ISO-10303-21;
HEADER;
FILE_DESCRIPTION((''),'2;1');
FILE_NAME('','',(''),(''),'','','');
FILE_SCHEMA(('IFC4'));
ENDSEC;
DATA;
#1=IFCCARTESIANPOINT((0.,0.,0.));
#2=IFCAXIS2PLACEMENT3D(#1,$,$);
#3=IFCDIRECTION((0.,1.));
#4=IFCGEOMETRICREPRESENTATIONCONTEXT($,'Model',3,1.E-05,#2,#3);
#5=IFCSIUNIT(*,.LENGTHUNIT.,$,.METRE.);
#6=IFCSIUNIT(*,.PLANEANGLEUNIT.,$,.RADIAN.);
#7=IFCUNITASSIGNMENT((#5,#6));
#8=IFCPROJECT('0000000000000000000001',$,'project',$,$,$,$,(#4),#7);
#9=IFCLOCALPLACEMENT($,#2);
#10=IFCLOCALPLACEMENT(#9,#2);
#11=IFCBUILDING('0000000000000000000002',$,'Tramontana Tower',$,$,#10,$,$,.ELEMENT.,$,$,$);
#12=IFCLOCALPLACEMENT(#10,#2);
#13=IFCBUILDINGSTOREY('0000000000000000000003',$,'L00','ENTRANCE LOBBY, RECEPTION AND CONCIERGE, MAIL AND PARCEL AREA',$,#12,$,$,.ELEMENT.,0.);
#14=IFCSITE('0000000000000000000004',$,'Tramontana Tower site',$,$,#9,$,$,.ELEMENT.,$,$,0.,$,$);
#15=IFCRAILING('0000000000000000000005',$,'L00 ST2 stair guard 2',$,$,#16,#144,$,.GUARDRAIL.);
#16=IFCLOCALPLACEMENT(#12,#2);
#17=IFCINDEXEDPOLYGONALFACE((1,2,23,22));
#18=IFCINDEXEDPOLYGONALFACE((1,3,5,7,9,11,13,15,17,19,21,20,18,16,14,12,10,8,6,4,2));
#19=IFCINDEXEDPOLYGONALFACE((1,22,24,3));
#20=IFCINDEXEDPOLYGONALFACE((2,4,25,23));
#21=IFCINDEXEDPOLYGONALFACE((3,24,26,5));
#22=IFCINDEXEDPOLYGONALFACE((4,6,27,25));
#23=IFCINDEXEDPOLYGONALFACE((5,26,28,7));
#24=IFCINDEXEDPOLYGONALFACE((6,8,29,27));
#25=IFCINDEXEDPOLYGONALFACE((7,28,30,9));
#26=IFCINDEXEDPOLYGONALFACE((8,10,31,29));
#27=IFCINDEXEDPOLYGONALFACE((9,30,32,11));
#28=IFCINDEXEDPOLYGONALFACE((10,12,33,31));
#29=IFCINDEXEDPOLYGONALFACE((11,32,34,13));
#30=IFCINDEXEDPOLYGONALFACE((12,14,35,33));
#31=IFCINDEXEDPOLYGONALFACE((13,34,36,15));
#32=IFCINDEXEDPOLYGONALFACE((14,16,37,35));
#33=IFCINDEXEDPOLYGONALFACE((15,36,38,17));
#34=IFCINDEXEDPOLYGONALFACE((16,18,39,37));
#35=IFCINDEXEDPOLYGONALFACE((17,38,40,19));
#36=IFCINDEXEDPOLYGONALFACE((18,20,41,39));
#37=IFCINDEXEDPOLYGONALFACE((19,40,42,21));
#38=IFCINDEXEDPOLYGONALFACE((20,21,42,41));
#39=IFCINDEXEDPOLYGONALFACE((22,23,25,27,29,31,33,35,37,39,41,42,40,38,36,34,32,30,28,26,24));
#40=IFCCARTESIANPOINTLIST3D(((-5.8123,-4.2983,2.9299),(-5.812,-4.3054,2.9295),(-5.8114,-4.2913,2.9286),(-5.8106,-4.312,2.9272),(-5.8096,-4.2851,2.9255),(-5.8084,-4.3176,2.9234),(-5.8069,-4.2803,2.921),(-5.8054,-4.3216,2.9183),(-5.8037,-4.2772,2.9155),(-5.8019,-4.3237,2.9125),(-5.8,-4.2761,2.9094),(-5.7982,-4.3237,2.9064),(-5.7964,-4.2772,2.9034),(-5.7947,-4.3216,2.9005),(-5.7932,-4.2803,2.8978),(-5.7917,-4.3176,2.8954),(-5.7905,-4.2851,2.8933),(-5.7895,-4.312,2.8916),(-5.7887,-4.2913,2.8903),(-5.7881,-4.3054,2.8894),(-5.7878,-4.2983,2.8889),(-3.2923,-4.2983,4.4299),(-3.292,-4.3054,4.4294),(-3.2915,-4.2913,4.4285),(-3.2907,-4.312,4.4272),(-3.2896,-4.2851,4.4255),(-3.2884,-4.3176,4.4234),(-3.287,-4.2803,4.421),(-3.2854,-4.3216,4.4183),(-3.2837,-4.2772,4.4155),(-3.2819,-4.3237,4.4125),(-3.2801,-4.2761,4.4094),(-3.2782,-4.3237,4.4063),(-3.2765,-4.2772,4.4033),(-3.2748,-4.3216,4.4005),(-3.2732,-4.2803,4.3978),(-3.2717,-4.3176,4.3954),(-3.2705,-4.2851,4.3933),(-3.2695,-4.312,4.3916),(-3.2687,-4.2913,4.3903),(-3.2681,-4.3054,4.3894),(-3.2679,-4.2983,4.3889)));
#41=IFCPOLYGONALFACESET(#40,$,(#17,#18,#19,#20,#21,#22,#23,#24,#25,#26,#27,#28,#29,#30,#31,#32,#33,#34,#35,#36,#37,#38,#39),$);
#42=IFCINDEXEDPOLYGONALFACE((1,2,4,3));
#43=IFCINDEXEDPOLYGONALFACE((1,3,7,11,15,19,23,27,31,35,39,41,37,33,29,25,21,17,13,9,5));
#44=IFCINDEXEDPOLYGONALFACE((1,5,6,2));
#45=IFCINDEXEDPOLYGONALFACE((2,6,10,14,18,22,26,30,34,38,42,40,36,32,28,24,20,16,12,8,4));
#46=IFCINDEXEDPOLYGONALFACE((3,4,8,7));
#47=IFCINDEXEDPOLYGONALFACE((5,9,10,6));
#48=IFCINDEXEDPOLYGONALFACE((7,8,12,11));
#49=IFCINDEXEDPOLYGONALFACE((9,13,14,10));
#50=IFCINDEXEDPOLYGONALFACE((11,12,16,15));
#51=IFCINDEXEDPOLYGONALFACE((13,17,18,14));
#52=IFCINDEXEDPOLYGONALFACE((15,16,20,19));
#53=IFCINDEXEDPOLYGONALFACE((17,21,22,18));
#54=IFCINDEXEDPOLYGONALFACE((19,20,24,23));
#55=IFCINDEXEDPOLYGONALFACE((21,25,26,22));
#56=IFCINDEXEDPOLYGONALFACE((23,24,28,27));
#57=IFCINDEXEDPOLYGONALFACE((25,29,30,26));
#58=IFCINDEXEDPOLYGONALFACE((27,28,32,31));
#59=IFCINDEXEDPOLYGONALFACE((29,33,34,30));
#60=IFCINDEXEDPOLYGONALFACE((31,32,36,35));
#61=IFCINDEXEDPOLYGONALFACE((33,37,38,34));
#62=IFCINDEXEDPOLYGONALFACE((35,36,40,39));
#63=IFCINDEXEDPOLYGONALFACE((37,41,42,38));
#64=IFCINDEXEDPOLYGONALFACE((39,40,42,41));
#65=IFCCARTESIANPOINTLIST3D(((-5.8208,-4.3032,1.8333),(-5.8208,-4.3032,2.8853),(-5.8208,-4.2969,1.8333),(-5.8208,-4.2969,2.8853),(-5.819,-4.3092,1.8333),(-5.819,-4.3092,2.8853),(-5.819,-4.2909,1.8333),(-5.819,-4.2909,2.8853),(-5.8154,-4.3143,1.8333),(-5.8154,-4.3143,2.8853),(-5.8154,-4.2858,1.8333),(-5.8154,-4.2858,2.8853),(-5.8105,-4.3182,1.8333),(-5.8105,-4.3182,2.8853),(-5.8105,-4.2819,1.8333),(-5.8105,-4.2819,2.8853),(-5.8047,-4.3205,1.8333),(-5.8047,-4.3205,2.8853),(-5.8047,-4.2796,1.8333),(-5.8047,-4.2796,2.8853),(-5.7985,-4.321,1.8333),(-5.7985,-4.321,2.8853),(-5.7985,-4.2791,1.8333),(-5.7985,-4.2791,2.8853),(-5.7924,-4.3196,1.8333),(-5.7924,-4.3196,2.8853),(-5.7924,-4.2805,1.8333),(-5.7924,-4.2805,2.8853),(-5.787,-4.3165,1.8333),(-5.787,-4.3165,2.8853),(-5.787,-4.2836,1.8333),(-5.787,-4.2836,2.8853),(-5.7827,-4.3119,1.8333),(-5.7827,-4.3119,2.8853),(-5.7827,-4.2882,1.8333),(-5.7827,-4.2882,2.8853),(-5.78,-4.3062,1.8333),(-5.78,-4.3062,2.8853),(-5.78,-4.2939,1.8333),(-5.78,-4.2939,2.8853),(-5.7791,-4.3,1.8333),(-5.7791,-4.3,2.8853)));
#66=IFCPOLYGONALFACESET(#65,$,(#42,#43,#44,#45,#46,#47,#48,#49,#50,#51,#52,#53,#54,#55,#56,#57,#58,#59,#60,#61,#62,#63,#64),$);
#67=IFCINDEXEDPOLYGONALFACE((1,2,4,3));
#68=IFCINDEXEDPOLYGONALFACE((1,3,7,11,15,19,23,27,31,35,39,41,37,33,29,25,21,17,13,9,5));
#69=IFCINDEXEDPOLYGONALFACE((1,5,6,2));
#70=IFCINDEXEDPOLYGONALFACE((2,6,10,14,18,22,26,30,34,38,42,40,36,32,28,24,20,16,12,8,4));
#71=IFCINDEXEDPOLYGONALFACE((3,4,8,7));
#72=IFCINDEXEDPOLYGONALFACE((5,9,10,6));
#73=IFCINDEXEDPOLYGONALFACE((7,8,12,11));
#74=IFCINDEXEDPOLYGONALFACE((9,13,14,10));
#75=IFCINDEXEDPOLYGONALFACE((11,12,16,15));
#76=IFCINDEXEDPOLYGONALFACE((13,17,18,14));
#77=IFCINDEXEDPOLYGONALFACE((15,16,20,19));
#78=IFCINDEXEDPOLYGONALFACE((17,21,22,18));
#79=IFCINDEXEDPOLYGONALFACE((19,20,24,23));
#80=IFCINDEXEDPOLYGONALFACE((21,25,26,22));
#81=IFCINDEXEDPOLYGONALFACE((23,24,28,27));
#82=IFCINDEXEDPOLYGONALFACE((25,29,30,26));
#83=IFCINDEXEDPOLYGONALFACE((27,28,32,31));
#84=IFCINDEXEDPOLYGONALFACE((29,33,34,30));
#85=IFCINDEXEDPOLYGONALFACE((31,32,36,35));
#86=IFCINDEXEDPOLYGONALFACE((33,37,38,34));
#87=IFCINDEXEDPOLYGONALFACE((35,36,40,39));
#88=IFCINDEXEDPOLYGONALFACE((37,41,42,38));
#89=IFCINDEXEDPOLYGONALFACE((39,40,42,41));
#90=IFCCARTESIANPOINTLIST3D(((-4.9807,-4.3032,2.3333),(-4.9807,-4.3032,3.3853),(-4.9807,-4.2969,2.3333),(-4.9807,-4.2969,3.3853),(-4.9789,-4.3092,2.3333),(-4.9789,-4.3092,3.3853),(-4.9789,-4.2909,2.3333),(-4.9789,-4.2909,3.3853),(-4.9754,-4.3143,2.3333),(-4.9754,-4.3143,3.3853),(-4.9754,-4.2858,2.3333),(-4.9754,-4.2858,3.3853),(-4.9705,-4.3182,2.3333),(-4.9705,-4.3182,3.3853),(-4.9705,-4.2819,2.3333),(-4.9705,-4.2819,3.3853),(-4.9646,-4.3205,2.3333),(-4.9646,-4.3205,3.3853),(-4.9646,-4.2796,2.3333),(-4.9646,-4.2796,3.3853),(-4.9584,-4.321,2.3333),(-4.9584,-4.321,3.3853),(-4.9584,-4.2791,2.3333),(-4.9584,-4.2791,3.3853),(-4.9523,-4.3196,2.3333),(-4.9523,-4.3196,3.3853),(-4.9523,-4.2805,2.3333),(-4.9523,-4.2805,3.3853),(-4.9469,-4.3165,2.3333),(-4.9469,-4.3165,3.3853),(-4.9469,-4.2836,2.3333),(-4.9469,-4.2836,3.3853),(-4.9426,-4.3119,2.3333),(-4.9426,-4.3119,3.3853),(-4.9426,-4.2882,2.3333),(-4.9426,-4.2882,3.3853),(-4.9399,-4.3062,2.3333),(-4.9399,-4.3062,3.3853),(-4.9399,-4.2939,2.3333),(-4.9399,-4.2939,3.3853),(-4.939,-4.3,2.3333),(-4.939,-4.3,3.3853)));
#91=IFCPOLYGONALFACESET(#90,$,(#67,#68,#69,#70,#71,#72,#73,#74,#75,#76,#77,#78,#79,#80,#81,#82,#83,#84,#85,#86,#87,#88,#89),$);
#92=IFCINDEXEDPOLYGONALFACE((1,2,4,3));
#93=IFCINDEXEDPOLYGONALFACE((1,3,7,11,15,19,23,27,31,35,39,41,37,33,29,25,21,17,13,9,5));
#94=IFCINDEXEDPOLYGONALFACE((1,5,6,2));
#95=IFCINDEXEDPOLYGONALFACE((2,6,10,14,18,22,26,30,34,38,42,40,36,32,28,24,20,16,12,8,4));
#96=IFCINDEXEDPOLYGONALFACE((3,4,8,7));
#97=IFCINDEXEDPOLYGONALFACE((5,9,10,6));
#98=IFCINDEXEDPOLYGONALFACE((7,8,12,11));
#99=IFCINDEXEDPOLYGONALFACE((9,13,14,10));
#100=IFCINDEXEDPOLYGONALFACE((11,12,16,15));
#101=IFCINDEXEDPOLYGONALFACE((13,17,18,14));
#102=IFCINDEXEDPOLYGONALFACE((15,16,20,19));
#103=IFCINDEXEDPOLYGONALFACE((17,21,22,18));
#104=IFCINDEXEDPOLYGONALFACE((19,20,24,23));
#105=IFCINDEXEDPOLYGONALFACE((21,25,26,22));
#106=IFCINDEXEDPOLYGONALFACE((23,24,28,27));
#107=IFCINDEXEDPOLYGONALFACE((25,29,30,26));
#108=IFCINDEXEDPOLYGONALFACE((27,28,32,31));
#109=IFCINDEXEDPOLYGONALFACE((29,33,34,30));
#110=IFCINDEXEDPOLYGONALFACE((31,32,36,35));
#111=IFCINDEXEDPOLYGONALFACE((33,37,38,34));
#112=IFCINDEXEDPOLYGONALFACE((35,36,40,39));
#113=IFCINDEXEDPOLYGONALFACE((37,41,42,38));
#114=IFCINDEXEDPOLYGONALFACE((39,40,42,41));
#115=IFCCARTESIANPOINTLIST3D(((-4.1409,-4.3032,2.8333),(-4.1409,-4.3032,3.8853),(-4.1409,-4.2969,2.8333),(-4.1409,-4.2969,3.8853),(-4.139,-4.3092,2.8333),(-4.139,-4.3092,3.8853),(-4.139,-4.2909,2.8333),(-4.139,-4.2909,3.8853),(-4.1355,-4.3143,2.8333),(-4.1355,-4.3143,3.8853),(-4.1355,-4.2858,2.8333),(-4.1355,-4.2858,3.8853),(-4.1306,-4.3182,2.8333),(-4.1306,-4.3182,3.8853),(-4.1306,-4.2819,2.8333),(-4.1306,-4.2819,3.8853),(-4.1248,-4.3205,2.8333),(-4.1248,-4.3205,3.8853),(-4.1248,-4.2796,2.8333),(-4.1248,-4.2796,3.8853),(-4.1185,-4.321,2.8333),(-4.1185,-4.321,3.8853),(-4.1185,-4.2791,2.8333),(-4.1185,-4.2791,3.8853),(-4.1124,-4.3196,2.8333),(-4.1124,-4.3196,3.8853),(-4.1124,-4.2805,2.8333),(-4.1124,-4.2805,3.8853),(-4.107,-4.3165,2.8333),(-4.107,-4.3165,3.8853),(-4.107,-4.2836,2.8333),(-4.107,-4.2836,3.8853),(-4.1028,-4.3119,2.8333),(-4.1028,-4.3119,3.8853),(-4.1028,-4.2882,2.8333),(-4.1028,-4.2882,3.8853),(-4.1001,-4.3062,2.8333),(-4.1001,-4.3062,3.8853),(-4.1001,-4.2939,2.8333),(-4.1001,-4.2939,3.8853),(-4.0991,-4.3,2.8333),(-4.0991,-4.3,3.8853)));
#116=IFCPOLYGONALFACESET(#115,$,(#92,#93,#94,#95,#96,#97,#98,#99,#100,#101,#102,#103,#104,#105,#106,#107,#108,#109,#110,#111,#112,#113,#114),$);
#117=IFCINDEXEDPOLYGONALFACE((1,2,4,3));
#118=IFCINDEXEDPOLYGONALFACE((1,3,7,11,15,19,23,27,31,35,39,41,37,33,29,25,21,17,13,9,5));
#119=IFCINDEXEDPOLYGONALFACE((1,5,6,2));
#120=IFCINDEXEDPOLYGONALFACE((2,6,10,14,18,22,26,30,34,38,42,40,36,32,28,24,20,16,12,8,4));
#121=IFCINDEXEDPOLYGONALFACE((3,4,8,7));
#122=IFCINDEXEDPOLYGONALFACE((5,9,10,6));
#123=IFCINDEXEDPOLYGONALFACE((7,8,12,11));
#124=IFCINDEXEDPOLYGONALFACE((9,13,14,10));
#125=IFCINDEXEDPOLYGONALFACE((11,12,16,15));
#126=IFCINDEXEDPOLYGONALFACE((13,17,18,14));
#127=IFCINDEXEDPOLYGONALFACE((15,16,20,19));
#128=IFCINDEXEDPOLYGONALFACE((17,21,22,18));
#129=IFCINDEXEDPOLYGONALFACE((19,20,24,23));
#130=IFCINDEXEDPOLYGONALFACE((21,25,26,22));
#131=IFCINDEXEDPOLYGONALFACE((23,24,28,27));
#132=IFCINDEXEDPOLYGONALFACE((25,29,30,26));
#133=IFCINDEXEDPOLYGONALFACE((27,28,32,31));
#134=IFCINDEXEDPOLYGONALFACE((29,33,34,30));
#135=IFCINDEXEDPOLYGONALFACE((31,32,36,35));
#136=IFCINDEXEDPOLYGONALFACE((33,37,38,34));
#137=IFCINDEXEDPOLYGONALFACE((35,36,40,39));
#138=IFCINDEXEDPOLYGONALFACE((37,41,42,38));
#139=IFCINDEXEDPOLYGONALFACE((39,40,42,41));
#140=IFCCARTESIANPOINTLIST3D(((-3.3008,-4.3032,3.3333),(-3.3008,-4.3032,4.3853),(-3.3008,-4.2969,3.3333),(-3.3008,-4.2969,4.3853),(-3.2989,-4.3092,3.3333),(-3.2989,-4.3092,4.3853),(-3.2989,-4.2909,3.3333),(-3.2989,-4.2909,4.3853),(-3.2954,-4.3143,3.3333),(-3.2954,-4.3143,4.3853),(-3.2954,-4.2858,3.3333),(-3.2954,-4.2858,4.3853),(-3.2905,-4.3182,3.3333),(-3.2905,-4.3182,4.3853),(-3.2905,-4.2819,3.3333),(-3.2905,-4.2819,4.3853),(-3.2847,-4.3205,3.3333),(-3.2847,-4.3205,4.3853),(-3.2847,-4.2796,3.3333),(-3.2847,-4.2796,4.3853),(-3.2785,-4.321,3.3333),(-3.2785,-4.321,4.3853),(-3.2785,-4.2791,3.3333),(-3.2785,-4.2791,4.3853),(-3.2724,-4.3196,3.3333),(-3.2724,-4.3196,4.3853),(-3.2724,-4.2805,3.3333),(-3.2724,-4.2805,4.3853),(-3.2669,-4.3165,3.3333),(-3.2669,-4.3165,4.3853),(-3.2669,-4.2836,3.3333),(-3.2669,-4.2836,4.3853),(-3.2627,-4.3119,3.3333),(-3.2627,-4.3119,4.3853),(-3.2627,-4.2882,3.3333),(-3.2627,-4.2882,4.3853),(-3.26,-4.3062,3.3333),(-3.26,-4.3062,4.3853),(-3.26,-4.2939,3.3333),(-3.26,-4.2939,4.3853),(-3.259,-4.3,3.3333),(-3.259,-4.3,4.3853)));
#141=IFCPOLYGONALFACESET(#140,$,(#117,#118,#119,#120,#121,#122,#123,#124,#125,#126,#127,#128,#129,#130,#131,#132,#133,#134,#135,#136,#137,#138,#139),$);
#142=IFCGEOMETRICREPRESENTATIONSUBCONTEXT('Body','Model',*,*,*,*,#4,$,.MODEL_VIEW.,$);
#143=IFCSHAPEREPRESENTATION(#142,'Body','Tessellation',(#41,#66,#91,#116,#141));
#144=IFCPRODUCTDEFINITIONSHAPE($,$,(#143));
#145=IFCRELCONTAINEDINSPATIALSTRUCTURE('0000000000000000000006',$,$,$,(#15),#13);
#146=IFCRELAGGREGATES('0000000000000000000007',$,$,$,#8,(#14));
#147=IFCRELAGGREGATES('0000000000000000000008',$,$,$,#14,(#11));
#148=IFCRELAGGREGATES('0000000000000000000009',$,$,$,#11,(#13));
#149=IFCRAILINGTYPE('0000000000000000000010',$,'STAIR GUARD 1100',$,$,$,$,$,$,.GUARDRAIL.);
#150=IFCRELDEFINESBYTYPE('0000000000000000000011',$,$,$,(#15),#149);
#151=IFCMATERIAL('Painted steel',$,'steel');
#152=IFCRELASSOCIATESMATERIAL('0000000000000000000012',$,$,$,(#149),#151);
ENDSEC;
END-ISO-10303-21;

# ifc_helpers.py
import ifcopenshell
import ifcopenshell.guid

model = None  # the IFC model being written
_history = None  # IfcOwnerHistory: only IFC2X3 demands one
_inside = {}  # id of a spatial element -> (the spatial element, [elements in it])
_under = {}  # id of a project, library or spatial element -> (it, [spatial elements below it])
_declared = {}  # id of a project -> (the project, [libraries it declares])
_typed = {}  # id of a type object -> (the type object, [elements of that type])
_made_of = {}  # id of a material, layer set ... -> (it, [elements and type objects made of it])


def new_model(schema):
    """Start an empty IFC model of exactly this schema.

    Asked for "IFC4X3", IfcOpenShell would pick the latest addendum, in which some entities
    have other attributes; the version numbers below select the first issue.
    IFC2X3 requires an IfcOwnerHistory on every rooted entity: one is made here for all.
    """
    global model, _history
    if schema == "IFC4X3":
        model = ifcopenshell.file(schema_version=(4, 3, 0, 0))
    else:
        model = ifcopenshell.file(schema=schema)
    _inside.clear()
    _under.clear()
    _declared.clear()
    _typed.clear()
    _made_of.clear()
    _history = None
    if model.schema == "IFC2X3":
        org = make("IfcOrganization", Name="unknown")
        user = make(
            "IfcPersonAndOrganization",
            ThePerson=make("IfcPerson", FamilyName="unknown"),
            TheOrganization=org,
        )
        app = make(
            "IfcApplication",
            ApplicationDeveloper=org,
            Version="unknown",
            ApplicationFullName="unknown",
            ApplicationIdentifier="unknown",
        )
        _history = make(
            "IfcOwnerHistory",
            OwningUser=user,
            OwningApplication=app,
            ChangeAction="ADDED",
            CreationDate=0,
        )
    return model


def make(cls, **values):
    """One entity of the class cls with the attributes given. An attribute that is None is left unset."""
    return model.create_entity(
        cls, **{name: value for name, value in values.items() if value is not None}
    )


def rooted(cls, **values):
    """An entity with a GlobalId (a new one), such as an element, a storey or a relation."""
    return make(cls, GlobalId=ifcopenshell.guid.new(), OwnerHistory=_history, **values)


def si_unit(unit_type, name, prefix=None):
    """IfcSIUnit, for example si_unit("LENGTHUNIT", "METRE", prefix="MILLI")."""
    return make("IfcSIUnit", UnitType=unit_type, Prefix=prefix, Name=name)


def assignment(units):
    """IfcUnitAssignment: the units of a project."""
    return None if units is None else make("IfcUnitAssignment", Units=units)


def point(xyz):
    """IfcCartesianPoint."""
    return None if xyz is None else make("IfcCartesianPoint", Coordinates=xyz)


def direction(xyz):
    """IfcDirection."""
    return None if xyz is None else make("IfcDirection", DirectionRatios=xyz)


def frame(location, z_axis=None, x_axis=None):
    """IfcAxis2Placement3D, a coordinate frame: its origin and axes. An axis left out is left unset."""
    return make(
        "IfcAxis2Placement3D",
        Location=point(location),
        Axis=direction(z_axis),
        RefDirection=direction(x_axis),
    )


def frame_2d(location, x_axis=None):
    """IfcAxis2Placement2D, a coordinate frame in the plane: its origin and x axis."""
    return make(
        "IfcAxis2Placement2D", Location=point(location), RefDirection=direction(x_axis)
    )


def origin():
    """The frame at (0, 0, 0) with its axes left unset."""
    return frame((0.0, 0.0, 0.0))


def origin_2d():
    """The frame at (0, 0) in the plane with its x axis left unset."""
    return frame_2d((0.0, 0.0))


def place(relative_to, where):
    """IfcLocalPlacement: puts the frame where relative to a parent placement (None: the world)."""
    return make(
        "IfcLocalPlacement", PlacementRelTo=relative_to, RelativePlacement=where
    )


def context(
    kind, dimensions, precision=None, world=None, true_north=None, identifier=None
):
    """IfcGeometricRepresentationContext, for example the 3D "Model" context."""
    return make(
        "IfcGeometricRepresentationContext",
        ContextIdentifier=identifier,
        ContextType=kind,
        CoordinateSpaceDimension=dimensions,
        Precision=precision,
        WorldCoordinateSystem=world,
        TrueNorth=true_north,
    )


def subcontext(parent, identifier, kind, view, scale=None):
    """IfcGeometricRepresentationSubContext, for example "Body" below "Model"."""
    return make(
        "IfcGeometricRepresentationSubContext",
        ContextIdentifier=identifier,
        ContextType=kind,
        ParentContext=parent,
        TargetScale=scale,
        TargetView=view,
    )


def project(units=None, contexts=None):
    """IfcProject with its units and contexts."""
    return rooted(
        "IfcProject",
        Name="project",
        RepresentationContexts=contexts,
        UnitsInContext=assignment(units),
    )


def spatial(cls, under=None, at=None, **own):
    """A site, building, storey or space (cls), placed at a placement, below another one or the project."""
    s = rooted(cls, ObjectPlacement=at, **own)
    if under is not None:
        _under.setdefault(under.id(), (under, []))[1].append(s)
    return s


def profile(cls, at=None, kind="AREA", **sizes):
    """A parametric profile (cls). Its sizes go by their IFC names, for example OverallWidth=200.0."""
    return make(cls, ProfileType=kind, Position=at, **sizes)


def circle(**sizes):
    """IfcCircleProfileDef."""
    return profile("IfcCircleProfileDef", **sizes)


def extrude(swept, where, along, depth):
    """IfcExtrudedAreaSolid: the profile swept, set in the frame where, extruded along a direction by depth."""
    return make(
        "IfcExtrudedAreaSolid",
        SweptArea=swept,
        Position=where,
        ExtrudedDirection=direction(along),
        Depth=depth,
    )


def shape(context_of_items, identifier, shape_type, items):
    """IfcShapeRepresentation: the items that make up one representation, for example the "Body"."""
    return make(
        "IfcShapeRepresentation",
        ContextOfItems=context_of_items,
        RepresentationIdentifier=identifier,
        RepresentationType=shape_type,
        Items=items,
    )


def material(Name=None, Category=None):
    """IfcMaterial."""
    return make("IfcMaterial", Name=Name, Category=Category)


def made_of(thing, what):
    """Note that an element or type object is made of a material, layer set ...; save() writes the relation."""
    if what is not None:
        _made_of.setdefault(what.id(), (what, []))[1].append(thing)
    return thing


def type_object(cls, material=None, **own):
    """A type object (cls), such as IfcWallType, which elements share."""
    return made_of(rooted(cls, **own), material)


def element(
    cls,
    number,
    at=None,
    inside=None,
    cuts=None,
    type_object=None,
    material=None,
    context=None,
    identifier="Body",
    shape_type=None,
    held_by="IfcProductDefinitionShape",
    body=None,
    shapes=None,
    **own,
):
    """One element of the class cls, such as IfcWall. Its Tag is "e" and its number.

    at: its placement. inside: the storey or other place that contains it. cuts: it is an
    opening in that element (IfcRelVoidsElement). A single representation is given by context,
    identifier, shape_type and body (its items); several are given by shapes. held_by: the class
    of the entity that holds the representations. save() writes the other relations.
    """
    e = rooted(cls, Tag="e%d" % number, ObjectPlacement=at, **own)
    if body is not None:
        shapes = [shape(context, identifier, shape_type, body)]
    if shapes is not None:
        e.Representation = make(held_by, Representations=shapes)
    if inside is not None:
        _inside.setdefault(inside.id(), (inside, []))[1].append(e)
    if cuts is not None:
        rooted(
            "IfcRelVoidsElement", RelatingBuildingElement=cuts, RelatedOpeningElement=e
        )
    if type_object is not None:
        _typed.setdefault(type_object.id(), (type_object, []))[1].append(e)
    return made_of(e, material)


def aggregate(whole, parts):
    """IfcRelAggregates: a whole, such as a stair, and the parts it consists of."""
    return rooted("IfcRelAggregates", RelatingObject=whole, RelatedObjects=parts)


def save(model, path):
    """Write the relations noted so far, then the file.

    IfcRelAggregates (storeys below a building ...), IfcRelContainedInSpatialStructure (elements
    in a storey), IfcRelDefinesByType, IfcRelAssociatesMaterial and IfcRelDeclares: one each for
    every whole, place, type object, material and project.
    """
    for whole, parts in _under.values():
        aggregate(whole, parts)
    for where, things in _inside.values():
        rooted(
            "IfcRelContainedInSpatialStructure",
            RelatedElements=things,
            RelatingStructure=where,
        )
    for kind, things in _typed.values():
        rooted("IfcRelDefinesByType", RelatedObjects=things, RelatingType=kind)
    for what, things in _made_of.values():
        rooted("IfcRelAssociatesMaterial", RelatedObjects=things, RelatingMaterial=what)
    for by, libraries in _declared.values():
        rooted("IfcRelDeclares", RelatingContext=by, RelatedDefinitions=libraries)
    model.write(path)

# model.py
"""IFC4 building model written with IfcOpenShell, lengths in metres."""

from ifc_helpers import new_model, si_unit, direction, frame, origin, origin_2d, place, context, subcontext, project, spatial, circle, extrude, material, type_object, element, save


model = new_model("IFC4")

# Units and contexts
model_context = context("Model", 3, precision=1e-05, world=origin(), true_north=direction((0.0, 1.0)))
body_context = subcontext(model_context, "Body", "Model", "MODEL_VIEW")
ifc_project = project(units=[si_unit("LENGTHUNIT", "METRE"), si_unit("PLANEANGLEUNIT", "RADIAN")], contexts=[model_context])

# Site, building, storey
site_placement = place(None, origin())
site = spatial("IfcSite", under=ifc_project, at=site_placement, Name="Tramontana Tower site", CompositionType="ELEMENT", RefElevation=0.0)
building_placement = place(site_placement, origin())
building = spatial("IfcBuilding", under=site, at=building_placement, Name="Tramontana Tower", CompositionType="ELEMENT")
storey_placement = place(building_placement, origin())
storey = spatial("IfcBuildingStorey", under=building, at=storey_placement, Name="L00", Description="ENTRANCE LOBBY, RECEPTION AND CONCIERGE, MAIL AND PARCEL AREA", CompositionType="ELEMENT", Elevation=0.0)

# Railing
ifc_material_1 = material(Name="Painted steel", Category="steel")
railing_type_1 = type_object("IfcRailingType", Name="STAIR GUARD 1100", PredefinedType="GUARDRAIL", material=ifc_material_1)
railing_1_placement = place(storey_placement, frame((-5.8, -4.3, 1.8333)))
element("IfcRailing", 1, at=railing_1_placement, inside=storey, type_object=railing_type_1, Name="L00 ST2 stair guard 2", PredefinedType="GUARDRAIL", context=body_context, shape_type="SweptSolid", body=[
    extrude(circle(Radius=0.0239, at=origin_2d()), frame((0.0, 0.0, 1.0762), z_axis=(0.859295, 0.0, 0.511481), x_axis=(0.0, 1.0, 0.0)), (0.0, 0.0, 1.0), 2.9326),
    extrude(circle(Radius=0.021, at=origin_2d()), origin(), (0.0, 0.0, 1.0), 1.052),
    extrude(circle(Radius=0.021, at=origin_2d()), frame((0.8401, 0.0, 0.5)), (0.0, 0.0, 1.0), 1.052),
    extrude(circle(Radius=0.021, at=origin_2d()), frame((1.6799, 0.0, 1.0)), (0.0, 0.0, 1.0), 1.052),
    extrude(circle(Radius=0.021, at=origin_2d()), frame((2.52, 0.0, 1.5)), (0.0, 0.0, 1.0), 1.052),
])

save(model, "model.ifc")
